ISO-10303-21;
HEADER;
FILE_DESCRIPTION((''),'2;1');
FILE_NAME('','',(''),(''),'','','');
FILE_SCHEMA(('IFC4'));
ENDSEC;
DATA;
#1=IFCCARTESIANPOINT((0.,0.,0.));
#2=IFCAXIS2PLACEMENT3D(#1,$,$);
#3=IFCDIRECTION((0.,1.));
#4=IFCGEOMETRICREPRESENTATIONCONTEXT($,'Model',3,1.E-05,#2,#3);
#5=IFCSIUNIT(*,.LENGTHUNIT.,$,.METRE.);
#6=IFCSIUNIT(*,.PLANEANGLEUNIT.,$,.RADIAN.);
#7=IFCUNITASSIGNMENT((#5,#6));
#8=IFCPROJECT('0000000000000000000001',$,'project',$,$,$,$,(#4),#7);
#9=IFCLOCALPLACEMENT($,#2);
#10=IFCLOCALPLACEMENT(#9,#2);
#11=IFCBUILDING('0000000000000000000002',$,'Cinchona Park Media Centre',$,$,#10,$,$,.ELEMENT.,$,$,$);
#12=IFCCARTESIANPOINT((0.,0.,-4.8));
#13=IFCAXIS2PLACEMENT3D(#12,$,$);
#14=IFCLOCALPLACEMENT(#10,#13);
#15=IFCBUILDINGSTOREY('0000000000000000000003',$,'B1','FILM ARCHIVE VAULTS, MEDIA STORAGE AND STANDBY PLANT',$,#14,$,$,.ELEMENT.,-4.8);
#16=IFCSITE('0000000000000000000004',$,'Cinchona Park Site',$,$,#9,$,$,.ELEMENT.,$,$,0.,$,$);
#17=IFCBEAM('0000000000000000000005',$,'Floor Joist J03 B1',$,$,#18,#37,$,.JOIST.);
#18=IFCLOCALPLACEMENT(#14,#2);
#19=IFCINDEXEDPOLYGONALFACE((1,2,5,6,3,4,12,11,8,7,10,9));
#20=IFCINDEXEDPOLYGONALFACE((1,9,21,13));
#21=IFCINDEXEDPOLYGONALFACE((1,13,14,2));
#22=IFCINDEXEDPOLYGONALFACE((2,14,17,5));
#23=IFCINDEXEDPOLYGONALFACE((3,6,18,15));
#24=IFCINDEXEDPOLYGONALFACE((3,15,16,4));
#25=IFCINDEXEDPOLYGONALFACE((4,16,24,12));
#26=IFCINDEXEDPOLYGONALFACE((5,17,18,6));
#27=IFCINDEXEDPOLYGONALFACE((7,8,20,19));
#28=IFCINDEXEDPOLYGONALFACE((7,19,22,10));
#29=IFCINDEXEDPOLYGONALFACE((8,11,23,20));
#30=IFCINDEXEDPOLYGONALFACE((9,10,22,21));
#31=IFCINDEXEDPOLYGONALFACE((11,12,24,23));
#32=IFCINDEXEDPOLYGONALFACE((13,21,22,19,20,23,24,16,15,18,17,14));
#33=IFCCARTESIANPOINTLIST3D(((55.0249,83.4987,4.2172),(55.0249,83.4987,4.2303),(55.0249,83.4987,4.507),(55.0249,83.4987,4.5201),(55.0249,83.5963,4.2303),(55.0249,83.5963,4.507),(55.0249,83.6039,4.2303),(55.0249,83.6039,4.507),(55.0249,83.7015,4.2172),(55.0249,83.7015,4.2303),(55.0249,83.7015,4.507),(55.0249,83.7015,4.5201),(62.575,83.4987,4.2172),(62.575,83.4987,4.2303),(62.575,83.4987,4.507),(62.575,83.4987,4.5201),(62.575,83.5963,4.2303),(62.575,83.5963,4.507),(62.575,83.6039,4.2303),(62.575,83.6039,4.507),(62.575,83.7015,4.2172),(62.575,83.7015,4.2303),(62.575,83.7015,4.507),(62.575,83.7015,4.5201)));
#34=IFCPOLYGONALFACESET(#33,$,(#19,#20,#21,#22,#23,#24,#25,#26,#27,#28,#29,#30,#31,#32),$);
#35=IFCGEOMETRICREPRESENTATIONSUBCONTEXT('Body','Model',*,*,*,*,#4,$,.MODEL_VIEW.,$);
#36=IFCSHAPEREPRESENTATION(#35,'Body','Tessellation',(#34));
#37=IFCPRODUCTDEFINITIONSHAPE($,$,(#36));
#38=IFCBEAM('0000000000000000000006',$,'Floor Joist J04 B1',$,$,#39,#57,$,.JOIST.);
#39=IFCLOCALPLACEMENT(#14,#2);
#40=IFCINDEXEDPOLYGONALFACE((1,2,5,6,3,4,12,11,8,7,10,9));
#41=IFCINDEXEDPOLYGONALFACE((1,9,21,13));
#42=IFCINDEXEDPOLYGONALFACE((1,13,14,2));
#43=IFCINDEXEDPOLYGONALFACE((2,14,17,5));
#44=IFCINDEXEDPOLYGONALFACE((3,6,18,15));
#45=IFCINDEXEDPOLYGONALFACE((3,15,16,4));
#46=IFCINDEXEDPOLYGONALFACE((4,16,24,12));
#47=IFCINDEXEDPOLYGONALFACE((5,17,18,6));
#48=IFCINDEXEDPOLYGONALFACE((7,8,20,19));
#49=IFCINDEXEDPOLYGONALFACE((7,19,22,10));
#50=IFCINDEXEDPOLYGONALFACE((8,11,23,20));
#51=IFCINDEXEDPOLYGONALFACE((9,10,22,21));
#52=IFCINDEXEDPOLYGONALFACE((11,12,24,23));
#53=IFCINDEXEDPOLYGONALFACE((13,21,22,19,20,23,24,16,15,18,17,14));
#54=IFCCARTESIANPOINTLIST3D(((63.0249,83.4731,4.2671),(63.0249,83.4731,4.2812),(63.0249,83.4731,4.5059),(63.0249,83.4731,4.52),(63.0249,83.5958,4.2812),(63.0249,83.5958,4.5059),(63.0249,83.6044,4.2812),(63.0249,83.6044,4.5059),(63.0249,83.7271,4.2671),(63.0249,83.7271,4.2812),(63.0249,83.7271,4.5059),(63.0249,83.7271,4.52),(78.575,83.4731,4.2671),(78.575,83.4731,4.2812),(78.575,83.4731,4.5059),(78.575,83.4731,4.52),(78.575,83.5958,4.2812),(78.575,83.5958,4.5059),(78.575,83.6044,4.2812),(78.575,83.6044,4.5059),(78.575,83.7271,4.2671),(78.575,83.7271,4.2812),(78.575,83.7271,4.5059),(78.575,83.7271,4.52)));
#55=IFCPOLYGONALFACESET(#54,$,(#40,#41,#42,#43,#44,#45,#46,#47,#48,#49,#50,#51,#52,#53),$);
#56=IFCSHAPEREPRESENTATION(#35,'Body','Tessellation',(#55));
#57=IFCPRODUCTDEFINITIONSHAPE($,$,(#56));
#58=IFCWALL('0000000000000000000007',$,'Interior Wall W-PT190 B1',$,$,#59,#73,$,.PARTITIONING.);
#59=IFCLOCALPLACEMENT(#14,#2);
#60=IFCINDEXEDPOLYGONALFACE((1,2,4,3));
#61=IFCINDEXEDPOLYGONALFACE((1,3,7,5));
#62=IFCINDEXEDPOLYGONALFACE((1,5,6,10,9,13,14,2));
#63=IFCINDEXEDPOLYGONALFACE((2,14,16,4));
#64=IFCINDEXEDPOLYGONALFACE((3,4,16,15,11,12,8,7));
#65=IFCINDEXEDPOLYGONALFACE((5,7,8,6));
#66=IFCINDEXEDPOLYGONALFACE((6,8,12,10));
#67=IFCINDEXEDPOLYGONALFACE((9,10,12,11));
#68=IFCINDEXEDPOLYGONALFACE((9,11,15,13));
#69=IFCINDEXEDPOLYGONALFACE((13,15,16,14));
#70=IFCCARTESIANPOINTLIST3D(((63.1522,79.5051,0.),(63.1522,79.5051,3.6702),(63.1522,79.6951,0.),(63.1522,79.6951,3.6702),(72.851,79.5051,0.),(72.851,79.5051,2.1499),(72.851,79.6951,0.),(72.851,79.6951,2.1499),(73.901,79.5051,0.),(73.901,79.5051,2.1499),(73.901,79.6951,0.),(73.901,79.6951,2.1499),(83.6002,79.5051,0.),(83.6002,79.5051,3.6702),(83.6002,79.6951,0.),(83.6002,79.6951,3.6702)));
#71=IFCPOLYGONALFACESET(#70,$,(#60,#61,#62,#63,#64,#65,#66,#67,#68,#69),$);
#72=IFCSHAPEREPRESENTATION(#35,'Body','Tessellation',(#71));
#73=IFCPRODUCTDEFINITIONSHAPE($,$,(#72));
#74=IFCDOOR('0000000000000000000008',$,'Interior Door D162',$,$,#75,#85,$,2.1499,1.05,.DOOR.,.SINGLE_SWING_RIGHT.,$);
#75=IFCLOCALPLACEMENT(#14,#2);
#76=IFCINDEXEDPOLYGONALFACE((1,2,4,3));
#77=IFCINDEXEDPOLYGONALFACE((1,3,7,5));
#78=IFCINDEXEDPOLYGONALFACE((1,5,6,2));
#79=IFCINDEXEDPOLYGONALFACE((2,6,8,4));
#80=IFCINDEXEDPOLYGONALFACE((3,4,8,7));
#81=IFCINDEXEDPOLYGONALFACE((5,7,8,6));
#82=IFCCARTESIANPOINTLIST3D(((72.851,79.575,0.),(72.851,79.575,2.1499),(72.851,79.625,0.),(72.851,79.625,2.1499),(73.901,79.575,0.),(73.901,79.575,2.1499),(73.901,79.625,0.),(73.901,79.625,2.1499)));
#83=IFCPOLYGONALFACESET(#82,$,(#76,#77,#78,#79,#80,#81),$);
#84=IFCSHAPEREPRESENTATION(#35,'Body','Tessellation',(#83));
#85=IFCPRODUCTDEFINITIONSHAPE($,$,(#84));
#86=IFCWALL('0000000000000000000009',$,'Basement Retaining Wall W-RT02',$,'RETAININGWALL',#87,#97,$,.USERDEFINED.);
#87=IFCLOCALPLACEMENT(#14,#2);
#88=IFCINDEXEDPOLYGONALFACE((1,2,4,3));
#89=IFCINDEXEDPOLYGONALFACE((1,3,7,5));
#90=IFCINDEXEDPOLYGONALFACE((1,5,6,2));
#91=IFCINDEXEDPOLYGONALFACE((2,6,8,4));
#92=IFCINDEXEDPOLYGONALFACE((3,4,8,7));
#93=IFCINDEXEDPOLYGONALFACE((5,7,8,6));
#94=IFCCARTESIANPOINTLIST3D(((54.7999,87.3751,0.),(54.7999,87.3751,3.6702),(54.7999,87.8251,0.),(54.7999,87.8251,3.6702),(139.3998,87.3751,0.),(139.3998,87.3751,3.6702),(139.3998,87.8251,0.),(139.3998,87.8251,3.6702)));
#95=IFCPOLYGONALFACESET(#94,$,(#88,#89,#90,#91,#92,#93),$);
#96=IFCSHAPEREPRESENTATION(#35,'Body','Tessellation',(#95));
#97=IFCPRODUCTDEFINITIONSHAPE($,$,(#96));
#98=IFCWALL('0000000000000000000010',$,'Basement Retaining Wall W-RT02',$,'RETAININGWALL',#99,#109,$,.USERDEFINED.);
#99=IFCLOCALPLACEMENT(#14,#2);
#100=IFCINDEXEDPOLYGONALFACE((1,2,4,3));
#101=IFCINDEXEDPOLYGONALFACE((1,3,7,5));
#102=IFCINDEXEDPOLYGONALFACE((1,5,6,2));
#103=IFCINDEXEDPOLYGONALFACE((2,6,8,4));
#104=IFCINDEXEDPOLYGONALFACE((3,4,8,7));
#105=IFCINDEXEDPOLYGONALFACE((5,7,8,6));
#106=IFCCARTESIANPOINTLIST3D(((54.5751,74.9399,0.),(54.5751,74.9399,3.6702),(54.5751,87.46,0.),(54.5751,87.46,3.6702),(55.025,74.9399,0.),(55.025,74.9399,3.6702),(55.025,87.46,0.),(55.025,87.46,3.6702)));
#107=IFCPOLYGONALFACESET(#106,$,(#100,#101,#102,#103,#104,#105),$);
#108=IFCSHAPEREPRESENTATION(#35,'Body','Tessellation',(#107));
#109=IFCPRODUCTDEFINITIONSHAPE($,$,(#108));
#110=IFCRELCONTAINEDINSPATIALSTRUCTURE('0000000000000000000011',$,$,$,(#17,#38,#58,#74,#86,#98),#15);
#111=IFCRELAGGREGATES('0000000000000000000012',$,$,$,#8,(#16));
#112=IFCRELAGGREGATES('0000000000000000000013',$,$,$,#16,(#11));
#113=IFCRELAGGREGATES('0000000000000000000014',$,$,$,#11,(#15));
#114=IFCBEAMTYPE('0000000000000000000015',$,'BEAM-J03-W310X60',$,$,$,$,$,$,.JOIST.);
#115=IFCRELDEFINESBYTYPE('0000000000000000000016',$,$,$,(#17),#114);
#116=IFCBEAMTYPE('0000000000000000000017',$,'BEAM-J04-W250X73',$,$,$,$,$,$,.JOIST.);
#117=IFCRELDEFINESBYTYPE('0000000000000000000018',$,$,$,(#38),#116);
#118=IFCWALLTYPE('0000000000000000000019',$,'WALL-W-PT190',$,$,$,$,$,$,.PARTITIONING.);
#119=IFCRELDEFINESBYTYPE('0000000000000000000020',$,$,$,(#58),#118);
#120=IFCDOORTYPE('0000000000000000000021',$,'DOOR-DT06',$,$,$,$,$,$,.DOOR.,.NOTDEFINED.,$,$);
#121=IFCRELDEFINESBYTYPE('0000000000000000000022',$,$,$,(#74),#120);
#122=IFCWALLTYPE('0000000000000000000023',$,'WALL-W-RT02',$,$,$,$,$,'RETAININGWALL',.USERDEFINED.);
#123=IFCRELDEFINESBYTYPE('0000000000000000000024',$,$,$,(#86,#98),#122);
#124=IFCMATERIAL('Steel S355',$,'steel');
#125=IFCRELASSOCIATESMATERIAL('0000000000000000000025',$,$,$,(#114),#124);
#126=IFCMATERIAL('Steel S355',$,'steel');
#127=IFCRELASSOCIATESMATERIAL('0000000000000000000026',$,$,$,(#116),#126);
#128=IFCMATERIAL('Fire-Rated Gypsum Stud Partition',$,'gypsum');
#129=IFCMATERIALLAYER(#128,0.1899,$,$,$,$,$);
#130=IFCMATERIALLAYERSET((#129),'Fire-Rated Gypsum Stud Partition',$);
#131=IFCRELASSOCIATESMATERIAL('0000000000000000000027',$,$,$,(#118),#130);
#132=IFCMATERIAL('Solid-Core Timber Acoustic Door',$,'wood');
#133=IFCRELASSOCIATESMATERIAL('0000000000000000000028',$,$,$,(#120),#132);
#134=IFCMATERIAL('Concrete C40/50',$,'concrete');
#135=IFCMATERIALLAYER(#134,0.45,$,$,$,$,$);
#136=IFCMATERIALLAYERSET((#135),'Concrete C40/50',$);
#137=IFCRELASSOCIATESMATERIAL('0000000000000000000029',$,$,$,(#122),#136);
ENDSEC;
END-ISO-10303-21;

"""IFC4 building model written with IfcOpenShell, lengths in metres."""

from ifc_helpers import new_model, si_unit, direction, frame, frame_2d, origin, origin_2d, place, context, subcontext, project, spatial, rectangle, i_section, extrude, material, layer, layer_set, material_profile, profile_set, type_object, element, fill, save


model = new_model("IFC4")

# Units and contexts
model_context = context("Model", 3, precision=1e-05, world=origin(), true_north=direction((0.0, 1.0)))
body_context = subcontext(model_context, "Body", "Model", "MODEL_VIEW")
ifc_project = project(units=[si_unit("LENGTHUNIT", "METRE"), si_unit("PLANEANGLEUNIT", "RADIAN")], contexts=[model_context])

# Site, building, storey
site_placement = place(None, origin())
site = spatial("IfcSite", under=ifc_project, at=site_placement, Name="Cinchona Park Site", CompositionType="ELEMENT", RefElevation=0.0)
building_placement = place(site_placement, origin())
building = spatial("IfcBuilding", under=site, at=building_placement, Name="Cinchona Park Media Centre", CompositionType="ELEMENT")
storey_placement = place(building_placement, frame((0.0, 0.0, -4.8)))
storey = spatial("IfcBuildingStorey", under=building, at=storey_placement, Name="B1", Description="FILM ARCHIVE VAULTS, MEDIA STORAGE AND STANDBY PLANT", CompositionType="ELEMENT", Elevation=-4.8)

# Beams
ifc_material_1 = material(Name="Steel S355", Category="steel")
ifc_material_profile_1 = material_profile(ifc_material_1, i_section(OverallWidth=0.2029, OverallDepth=0.303, WebThickness=0.0076, FlangeThickness=0.0132, at=origin_2d()), Name="W310X60")
ifc_profile_set_1 = profile_set([ifc_material_profile_1], Name="Steel S355")
beam_type_1 = type_object("IfcBeamType", Name="BEAM-J03-W310X60", PredefinedType="JOIST", material=ifc_profile_set_1)
beam_1_placement = place(storey_placement, frame((55.0249, 83.6001, 4.3687), z_axis=(1.0, 0.0, 0.0), x_axis=(0.0, 1.0, 0.0)))
element("IfcBeam", 1, at=beam_1_placement, inside=storey, type_object=beam_type_1, Name="Floor Joist J03 B1", PredefinedType="JOIST", context=body_context, shape_type="SweptSolid", body=[
    extrude(i_section(OverallWidth=0.2029, OverallDepth=0.303, WebThickness=0.0076, FlangeThickness=0.0132, at=origin_2d()), origin(), (0.0, 0.0, 1.0), 7.55),
])
ifc_material_2 = material(Name="Steel S355", Category="steel")
ifc_material_profile_2 = material_profile(ifc_material_2, i_section(OverallWidth=0.2539, OverallDepth=0.2529, WebThickness=0.0085, FlangeThickness=0.0142, at=origin_2d()), Name="W250X73")
ifc_profile_set_2 = profile_set([ifc_material_profile_2], Name="Steel S355")
beam_type_2 = type_object("IfcBeamType", Name="BEAM-J04-W250X73", PredefinedType="JOIST", material=ifc_profile_set_2)
beam_2_placement = place(storey_placement, frame((63.0249, 83.6001, 4.3936), z_axis=(1.0, 0.0, 0.0), x_axis=(0.0, 1.0, 0.0)))
element("IfcBeam", 2, at=beam_2_placement, inside=storey, type_object=beam_type_2, Name="Floor Joist J04 B1", PredefinedType="JOIST", context=body_context, shape_type="SweptSolid", body=[
    extrude(i_section(OverallWidth=0.2539, OverallDepth=0.2529, WebThickness=0.0085, FlangeThickness=0.0142, at=origin_2d()), origin(), (0.0, 0.0, 1.0), 15.55),
])

# Wall, opening, door
ifc_material_3 = material(Name="Fire-Rated Gypsum Stud Partition", Category="gypsum")
ifc_layer_1 = layer(ifc_material_3, 0.1899)
ifc_layer_set_1 = layer_set([ifc_layer_1], Name="Fire-Rated Gypsum Stud Partition")
wall_type_1 = type_object("IfcWallType", Name="WALL-W-PT190", PredefinedType="PARTITIONING", material=ifc_layer_set_1)
wall_1_placement = place(storey_placement, frame((63.1521, 79.6001, 0.0), z_axis=(0.0, 0.0, 1.0), x_axis=(1.0, 0.0, 0.0)))
wall_1 = element("IfcWall", 3, at=wall_1_placement, inside=storey, type_object=wall_type_1, Name="Interior Wall W-PT190 B1", PredefinedType="PARTITIONING", context=body_context, shape_type="SweptSolid", body=[
    extrude(rectangle(XDim=20.448, YDim=0.1899, at=frame_2d((10.2241, 0.0))), origin(), (0.0, 0.0, 1.0), 3.6702),
])
opening_placement = place(wall_1_placement, frame((9.699, 0.0, 0.0)))
opening = element("IfcOpeningElement", 4, at=opening_placement, cuts=wall_1, PredefinedType="OPENING", context=body_context, shape_type="SweptSolid", body=[
    extrude(rectangle(XDim=1.05, YDim=2.1499, at=frame_2d((0.5249, 1.075))), frame((0.0, 0.105, 0.0), z_axis=(0.0, -1.0, 0.0), x_axis=(1.0, 0.0, 0.0)), (0.0, 0.0, 1.0), 0.21),
])
ifc_material_4 = material(Name="Solid-Core Timber Acoustic Door", Category="wood")
door_type = type_object("IfcDoorType", Name="DOOR-DT06", OperationType="NOTDEFINED", PredefinedType="DOOR", material=ifc_material_4)
door_placement = place(opening_placement, origin())
door = element("IfcDoor", 5, at=door_placement, inside=storey, type_object=door_type, Name="Interior Door D162", OperationType="SINGLE_SWING_RIGHT", OverallHeight=2.1499, OverallWidth=1.05, PredefinedType="DOOR", context=body_context, shape_type="SweptSolid", body=[
    extrude(rectangle(XDim=1.05, YDim=2.1499, at=frame_2d((0.5249, 1.075))), frame((0.0, 0.0249, 0.0), z_axis=(0.0, -1.0, 0.0), x_axis=(1.0, 0.0, 0.0)), (0.0, 0.0, 1.0), 0.05),
])
fill(opening, door)

# Walls
ifc_material_5 = material(Name="Concrete C40/50", Category="concrete")
ifc_layer_2 = layer(ifc_material_5, 0.45)
ifc_layer_set_2 = layer_set([ifc_layer_2], Name="Concrete C40/50")
wall_type_2 = type_object("IfcWallType", Name="WALL-W-RT02", ElementType="RETAININGWALL", PredefinedType="USERDEFINED", material=ifc_layer_set_2)
wall_2_placement = place(storey_placement, frame((54.8, 87.6001, 0.0), z_axis=(0.0, 0.0, 1.0), x_axis=(1.0, 0.0, 0.0)))
element("IfcWall", 6, at=wall_2_placement, inside=storey, type_object=wall_type_2, Name="Basement Retaining Wall W-RT02", ObjectType="RETAININGWALL", PredefinedType="USERDEFINED", context=body_context, shape_type="SweptSolid", body=[
    extrude(rectangle(XDim=84.5999, YDim=0.45, at=frame_2d((42.2998, 0.0))), origin(), (0.0, 0.0, 1.0), 3.6702),
])
wall_3_placement = place(storey_placement, frame((54.8, 74.9399, 0.0), z_axis=(0.0, 0.0, 1.0), x_axis=(0.0, 1.0, 0.0)))
element("IfcWall", 7, at=wall_3_placement, inside=storey, type_object=wall_type_2, Name="Basement Retaining Wall W-RT02", ObjectType="RETAININGWALL", PredefinedType="USERDEFINED", context=body_context, shape_type="SweptSolid", body=[
    extrude(rectangle(XDim=12.52, YDim=0.45, at=frame_2d((6.26, 0.0))), origin(), (0.0, 0.0, 1.0), 3.6702),
])

save(model, "model.ifc")
